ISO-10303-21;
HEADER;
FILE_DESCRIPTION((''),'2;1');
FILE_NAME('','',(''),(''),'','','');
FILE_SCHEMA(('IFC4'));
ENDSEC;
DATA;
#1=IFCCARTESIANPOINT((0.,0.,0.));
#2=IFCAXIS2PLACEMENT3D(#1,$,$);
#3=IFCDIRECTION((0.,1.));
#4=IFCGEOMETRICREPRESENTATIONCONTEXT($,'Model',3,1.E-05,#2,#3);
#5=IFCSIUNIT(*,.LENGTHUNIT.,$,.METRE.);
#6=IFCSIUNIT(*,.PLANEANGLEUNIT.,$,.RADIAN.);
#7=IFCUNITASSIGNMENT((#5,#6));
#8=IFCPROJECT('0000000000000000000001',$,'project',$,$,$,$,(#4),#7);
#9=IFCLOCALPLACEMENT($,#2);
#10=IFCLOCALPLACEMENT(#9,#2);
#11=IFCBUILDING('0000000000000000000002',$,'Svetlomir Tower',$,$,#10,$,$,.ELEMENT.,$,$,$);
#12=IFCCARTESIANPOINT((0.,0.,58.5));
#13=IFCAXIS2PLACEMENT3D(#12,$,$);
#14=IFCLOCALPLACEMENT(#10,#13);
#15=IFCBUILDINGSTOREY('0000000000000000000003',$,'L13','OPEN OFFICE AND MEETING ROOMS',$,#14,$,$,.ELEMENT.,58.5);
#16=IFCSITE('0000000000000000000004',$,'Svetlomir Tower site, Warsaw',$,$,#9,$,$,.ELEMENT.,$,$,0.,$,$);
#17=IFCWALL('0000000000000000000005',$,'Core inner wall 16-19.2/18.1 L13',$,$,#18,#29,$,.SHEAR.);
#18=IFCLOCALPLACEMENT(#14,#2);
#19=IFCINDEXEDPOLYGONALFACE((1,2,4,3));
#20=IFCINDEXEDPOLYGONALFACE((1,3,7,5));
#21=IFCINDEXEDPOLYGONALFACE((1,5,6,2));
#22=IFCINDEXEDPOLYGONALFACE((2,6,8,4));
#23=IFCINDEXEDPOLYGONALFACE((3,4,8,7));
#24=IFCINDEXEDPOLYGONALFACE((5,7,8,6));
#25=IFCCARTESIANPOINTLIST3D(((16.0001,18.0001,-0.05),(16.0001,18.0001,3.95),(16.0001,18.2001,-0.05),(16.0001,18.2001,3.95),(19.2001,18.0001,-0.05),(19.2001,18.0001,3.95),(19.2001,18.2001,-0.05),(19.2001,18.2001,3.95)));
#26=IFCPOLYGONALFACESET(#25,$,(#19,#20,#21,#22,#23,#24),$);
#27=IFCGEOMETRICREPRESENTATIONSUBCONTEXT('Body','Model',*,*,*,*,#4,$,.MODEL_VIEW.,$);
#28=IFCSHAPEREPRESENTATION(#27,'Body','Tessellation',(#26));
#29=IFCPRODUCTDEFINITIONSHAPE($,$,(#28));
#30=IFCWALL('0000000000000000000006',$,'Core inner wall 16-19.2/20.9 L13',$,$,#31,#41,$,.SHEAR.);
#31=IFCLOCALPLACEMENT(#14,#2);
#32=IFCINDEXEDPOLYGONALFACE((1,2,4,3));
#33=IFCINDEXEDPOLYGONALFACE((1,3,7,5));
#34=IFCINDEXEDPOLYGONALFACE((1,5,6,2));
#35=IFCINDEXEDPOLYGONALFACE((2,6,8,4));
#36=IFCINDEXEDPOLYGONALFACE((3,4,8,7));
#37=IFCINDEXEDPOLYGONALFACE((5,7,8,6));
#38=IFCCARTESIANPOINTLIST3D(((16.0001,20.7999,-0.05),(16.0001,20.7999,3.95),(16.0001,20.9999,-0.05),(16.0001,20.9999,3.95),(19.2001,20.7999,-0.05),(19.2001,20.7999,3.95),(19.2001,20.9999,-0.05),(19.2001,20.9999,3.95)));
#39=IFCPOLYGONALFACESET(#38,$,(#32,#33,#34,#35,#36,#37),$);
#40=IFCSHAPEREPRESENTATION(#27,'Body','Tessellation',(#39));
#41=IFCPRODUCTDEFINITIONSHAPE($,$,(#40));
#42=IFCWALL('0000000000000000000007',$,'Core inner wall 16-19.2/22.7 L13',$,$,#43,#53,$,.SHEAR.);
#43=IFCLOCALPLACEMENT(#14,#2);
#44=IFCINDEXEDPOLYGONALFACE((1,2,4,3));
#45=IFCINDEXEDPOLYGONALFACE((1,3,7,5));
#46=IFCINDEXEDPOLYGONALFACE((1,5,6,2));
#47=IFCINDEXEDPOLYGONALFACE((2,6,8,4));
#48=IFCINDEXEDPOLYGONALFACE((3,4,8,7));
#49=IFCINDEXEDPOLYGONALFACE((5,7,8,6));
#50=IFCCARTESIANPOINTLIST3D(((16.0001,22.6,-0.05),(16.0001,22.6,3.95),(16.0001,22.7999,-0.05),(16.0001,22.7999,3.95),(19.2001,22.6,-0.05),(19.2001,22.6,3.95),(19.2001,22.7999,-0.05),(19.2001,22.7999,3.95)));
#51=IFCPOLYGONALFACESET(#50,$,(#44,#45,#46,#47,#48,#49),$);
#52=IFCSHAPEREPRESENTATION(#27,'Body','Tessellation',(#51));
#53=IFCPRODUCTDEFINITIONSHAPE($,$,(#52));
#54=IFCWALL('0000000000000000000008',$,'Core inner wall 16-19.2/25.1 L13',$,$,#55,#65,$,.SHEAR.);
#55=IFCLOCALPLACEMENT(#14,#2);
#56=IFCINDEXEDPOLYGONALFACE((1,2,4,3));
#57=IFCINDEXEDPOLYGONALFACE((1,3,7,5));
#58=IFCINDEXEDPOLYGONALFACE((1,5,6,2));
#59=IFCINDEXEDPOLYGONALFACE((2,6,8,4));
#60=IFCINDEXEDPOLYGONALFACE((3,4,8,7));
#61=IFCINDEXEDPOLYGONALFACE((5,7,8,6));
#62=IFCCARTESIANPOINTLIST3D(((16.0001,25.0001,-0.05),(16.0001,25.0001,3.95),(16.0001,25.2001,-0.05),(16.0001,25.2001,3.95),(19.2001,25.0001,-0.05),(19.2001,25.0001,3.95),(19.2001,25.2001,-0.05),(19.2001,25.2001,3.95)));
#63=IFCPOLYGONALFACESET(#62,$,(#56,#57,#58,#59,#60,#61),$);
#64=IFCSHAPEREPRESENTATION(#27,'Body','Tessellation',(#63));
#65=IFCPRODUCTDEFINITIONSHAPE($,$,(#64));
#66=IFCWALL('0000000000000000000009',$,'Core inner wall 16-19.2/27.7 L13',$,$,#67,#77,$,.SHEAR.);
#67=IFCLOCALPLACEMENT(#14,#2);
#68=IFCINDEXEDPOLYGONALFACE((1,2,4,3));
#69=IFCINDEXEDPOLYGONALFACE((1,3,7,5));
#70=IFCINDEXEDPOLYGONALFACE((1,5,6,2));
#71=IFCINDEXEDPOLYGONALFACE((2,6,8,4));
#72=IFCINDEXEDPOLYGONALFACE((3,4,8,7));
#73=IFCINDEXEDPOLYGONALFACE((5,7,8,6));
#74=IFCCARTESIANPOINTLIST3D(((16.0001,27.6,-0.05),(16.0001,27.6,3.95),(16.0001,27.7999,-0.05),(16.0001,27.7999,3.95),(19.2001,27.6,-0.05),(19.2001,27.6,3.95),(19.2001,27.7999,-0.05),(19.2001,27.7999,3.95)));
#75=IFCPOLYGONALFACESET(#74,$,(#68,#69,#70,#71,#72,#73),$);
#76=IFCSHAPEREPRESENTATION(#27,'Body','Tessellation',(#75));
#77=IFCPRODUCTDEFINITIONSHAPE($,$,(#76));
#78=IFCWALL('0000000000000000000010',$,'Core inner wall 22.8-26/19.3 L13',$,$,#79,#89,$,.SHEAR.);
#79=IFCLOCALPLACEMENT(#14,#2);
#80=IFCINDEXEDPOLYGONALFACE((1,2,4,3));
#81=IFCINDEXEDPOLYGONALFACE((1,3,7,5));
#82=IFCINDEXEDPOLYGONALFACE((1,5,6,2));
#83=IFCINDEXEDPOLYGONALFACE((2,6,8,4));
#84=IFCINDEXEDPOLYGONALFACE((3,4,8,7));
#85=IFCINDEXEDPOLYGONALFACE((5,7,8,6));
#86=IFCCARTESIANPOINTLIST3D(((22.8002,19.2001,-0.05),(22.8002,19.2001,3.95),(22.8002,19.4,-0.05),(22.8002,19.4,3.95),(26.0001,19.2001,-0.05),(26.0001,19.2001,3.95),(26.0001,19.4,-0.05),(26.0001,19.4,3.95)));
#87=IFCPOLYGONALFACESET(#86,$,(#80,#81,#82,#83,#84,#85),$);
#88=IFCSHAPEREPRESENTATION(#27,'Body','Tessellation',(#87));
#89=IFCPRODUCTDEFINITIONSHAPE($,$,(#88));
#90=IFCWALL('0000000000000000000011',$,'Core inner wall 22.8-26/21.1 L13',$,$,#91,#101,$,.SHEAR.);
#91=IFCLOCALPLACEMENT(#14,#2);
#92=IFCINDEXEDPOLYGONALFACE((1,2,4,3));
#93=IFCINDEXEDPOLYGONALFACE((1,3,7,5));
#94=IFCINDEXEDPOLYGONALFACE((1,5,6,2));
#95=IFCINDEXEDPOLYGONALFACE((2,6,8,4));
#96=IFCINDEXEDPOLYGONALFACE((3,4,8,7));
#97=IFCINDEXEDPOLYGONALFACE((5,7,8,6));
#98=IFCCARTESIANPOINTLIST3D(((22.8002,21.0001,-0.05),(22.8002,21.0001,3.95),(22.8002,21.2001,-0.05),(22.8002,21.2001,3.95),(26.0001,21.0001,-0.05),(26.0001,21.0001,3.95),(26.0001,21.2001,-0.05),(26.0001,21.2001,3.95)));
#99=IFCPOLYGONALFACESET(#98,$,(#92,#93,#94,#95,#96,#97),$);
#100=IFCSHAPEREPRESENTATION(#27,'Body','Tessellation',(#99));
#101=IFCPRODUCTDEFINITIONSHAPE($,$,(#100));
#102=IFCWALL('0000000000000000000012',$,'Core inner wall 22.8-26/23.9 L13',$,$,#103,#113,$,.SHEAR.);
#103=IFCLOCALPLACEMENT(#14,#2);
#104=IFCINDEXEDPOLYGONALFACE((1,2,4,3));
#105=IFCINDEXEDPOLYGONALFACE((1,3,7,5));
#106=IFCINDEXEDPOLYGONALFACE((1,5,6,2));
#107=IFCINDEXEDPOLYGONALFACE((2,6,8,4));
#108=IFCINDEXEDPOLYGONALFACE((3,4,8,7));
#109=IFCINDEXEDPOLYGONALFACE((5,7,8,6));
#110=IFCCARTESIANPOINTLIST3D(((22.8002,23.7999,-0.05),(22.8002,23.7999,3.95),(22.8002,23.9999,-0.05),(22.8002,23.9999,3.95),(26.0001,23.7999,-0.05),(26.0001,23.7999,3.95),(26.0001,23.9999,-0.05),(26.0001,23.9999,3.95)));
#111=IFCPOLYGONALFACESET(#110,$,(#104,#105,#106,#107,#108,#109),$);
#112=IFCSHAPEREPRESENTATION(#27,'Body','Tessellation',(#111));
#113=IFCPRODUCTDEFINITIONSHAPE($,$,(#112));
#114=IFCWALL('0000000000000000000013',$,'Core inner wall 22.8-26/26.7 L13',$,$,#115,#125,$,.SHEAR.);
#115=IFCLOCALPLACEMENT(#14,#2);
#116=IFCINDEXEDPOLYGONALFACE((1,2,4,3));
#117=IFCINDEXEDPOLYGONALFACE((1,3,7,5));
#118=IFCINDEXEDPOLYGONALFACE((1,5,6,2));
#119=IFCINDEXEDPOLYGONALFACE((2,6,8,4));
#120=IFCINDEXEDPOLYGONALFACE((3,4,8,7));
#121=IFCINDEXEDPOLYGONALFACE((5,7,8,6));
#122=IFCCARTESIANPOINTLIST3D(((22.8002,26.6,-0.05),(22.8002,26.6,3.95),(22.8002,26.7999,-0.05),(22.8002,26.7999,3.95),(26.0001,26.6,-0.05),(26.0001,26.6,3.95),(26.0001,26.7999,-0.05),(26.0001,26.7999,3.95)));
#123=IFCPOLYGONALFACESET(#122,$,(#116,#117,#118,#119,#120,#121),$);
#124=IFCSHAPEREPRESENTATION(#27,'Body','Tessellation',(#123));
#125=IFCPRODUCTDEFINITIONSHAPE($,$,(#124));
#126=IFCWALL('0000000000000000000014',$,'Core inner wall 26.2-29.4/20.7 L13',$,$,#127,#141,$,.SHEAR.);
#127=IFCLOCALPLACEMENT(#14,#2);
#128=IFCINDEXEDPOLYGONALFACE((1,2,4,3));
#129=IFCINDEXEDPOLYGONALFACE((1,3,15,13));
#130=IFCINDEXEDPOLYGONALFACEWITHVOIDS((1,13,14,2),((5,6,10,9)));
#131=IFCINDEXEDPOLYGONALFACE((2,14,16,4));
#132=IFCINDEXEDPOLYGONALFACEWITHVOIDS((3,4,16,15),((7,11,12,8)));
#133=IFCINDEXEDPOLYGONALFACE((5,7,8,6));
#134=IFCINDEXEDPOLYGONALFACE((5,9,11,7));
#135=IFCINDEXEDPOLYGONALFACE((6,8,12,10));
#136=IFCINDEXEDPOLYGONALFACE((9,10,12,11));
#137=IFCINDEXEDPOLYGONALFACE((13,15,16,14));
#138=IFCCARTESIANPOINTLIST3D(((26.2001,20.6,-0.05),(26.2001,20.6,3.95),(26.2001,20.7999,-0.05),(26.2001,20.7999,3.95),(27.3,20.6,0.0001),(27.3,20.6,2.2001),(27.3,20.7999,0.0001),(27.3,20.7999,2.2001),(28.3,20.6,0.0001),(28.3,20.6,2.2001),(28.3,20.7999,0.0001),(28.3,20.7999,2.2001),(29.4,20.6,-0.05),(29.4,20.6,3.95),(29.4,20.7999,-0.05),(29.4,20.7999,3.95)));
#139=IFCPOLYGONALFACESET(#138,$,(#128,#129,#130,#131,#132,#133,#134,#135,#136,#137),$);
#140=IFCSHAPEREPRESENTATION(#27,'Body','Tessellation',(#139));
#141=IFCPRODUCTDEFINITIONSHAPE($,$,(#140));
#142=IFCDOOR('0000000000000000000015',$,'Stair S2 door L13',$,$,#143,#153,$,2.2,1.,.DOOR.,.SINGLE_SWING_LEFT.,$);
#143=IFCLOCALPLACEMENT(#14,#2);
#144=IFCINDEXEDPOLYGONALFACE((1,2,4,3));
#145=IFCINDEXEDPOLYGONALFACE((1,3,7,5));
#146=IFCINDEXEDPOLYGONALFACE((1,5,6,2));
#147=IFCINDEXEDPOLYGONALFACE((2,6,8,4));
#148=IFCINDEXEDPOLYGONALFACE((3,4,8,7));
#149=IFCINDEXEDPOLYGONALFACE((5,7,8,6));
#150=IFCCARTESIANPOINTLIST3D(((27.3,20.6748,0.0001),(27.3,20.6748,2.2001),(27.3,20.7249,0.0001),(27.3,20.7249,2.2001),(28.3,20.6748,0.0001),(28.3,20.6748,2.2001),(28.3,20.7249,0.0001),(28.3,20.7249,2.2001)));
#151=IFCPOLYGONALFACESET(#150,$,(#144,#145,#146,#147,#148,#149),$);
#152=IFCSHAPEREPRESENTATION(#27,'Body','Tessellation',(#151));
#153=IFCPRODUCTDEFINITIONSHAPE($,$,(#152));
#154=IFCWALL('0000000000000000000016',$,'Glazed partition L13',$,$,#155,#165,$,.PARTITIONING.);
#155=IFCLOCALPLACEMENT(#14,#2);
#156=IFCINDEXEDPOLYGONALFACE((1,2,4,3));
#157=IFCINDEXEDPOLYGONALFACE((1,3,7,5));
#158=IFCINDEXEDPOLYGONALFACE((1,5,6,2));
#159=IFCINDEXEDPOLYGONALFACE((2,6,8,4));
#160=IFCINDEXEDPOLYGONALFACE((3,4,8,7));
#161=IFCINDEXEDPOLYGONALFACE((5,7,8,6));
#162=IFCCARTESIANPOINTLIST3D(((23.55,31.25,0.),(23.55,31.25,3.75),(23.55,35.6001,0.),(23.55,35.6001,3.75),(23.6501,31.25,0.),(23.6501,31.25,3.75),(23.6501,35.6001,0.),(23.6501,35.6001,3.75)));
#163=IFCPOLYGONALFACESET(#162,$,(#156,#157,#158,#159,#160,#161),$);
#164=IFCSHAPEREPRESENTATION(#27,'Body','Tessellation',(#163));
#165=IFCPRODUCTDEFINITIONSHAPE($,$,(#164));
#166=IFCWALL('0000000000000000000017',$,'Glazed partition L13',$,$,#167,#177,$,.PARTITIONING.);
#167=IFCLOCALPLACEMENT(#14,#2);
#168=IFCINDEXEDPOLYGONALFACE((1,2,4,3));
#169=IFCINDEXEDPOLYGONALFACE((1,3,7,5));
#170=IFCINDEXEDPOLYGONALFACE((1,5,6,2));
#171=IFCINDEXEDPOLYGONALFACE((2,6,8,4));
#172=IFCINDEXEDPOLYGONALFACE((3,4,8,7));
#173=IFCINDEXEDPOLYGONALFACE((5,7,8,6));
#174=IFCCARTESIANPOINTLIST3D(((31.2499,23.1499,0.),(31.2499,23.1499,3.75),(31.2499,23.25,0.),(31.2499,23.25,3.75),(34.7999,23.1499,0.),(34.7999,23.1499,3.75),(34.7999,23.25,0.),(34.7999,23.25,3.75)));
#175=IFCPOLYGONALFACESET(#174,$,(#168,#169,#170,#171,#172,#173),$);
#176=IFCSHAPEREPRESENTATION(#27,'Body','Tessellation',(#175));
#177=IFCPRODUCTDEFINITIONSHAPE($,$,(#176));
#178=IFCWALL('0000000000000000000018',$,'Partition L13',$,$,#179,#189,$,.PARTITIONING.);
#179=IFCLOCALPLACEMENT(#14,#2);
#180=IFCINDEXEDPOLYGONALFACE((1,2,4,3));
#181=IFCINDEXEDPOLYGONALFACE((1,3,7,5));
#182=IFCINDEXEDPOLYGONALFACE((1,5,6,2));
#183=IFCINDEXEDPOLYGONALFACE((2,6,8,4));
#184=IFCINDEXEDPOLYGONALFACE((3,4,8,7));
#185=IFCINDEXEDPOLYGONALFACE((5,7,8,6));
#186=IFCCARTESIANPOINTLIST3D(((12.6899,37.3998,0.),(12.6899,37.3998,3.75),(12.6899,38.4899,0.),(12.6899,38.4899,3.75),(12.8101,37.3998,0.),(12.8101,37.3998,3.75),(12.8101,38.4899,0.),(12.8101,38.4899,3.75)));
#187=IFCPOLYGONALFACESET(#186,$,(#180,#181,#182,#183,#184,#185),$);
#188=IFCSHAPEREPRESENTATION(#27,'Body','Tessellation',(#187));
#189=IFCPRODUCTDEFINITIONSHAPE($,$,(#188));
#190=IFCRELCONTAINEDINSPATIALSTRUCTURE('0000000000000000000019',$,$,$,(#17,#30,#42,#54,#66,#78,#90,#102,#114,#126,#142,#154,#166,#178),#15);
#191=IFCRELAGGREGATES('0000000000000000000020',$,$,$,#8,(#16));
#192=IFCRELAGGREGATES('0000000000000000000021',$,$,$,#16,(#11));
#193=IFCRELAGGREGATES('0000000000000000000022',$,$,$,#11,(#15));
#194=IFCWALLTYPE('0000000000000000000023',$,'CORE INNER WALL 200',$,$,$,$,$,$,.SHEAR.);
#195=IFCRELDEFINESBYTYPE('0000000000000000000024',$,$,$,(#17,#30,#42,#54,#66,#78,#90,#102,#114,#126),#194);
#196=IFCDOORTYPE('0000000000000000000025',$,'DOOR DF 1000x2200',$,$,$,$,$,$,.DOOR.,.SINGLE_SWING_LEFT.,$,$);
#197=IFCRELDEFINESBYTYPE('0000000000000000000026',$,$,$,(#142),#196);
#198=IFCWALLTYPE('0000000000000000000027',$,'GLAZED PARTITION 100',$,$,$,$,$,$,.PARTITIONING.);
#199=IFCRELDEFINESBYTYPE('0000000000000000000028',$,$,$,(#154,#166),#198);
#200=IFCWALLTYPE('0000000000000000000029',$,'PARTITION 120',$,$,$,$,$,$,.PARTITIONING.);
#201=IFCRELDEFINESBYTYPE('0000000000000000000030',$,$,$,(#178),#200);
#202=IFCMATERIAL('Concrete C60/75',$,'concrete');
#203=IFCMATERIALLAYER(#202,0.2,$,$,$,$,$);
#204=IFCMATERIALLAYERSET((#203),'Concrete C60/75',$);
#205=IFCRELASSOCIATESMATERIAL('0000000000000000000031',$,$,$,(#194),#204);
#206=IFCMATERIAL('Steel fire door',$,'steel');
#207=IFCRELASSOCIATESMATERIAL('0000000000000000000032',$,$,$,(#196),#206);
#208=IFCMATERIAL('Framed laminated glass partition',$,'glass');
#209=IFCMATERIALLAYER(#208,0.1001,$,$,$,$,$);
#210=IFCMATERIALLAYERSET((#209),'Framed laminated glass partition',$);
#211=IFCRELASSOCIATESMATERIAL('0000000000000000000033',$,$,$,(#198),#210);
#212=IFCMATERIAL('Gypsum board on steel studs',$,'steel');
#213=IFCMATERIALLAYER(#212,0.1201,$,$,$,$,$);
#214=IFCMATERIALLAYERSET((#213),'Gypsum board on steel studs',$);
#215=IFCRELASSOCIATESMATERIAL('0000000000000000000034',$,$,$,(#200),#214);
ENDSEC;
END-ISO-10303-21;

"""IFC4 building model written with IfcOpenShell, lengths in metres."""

from ifc_helpers import new_model, si_unit, direction, frame, frame_2d, origin, place, context, subcontext, project, spatial, rectangle, extrude, material, layer, layer_set, type_object, element, fill, save


model = new_model("IFC4")

# Units and contexts
model_context = context("Model", 3, precision=1e-05, world=origin(), true_north=direction((0.0, 1.0)))
body_context = subcontext(model_context, "Body", "Model", "MODEL_VIEW")
ifc_project = project(units=[si_unit("LENGTHUNIT", "METRE"), si_unit("PLANEANGLEUNIT", "RADIAN")], contexts=[model_context])

# Site, building, storey
site_placement = place(None, origin())
site = spatial("IfcSite", under=ifc_project, at=site_placement, Name="Svetlomir Tower site, Warsaw", CompositionType="ELEMENT", RefElevation=0.0)
building_placement = place(site_placement, origin())
building = spatial("IfcBuilding", under=site, at=building_placement, Name="Svetlomir Tower", CompositionType="ELEMENT")
storey_placement = place(building_placement, frame((0.0, 0.0, 58.5)))
storey = spatial("IfcBuildingStorey", under=building, at=storey_placement, Name="L13", Description="OPEN OFFICE AND MEETING ROOMS", CompositionType="ELEMENT", Elevation=58.5)

# Walls
ifc_material_1 = material(Name="Concrete C60/75", Category="concrete")
ifc_layer_1 = layer(ifc_material_1, 0.2)
ifc_layer_set_1 = layer_set([ifc_layer_1], Name="Concrete C60/75")
wall_type_1 = type_object("IfcWallType", Name="CORE INNER WALL 200", PredefinedType="SHEAR", material=ifc_layer_set_1)
for number, where, z_axis, x_axis, name in (
    (1, (16.0, 18.1001, -0.05), (0.0, 0.0, 1.0), (1.0, 0.0, 0.0), "Core inner wall 16-19.2/18.1 L13"),
    (2, (16.0, 20.8999, -0.05), (0.0, 0.0, 1.0), (1.0, 0.0, 0.0), "Core inner wall 16-19.2/20.9 L13"),
    (3, (16.0, 22.7, -0.05), (0.0, 0.0, 1.0), (1.0, 0.0, 0.0), "Core inner wall 16-19.2/22.7 L13"),
    (4, (16.0, 25.1001, -0.05), (0.0, 0.0, 1.0), (1.0, 0.0, 0.0), "Core inner wall 16-19.2/25.1 L13"),
    (5, (16.0, 27.7, -0.05), (0.0, 0.0, 1.0), (1.0, 0.0, 0.0), "Core inner wall 16-19.2/27.7 L13"),
    (6, (22.8, 19.3, -0.05), (0.0, 0.0, 1.0), (1.0, 0.0, 0.0), "Core inner wall 22.8-26/19.3 L13"),
    (7, (22.8, 21.1001, -0.05), (0.0, 0.0, 1.0), (1.0, 0.0, 0.0), "Core inner wall 22.8-26/21.1 L13"),
    (8, (22.8, 23.8999, -0.05), (0.0, 0.0, 1.0), (1.0, 0.0, 0.0), "Core inner wall 22.8-26/23.9 L13"),
    (9, (22.8, 26.7, -0.05), (0.0, 0.0, 1.0), (1.0, 0.0, 0.0), "Core inner wall 22.8-26/26.7 L13"),
):
    element("IfcWall", number, at=place(storey_placement, frame(where, z_axis=z_axis, x_axis=x_axis)), inside=storey, type_object=wall_type_1, Name=name, PredefinedType="SHEAR", context=body_context, shape_type="SweptSolid", body=[
        extrude(rectangle(XDim=3.2, YDim=0.2, at=frame_2d((1.6001, 0.0))), origin(), (0.0, 0.0, 1.0), 4.0),
    ])

# Wall, opening, door
wall_1_placement = place(storey_placement, frame((26.2, 20.7, -0.05), z_axis=(0.0, 0.0, 1.0), x_axis=(1.0, 0.0, 0.0)))
wall_1 = element("IfcWall", 10, at=wall_1_placement, inside=storey, type_object=wall_type_1, Name="Core inner wall 26.2-29.4/20.7 L13", PredefinedType="SHEAR", context=body_context, shape_type="SweptSolid", body=[
    extrude(rectangle(XDim=3.2, YDim=0.2, at=frame_2d((1.6001, 0.0))), origin(), (0.0, 0.0, 1.0), 4.0),
])
opening_1_placement = place(wall_1_placement, frame((1.1001, 0.0, 0.05)))
opening_1 = element("IfcOpeningElement", 11, at=opening_1_placement, cuts=wall_1, PredefinedType="OPENING", context=body_context, shape_type="SweptSolid", body=[
    extrude(rectangle(XDim=1.0, YDim=2.2, at=frame_2d((0.5, 1.1001))), frame((0.0, 0.1099, 0.0), z_axis=(0.0, -1.0, 0.0), x_axis=(1.0, 0.0, 0.0)), (0.0, 0.0, 1.0), 0.22),
])
ifc_material_2 = material(Name="Steel fire door", Category="steel")
door_type_1 = type_object("IfcDoorType", Name="DOOR DF 1000x2200", OperationType="SINGLE_SWING_LEFT", PredefinedType="DOOR", material=ifc_material_2)
door_1_placement = place(opening_1_placement, origin())
door_1 = element("IfcDoor", 12, at=door_1_placement, inside=storey, type_object=door_type_1, Name="Stair S2 door L13", OperationType="SINGLE_SWING_LEFT", OverallHeight=2.2, OverallWidth=1.0, PredefinedType="DOOR", context=body_context, shape_type="SweptSolid", body=[
    extrude(rectangle(XDim=1.0, YDim=2.2, at=frame_2d((0.5, 1.1001))), frame((0.0, 0.0249, 0.0), z_axis=(0.0, -1.0, 0.0), x_axis=(1.0, 0.0, 0.0)), (0.0, 0.0, 1.0), 0.05),
])
fill(opening_1, door_1)

# Walls
ifc_material_3 = material(Name="Framed laminated glass partition", Category="glass")
ifc_layer_2 = layer(ifc_material_3, 0.1001)
ifc_layer_set_2 = layer_set([ifc_layer_2], Name="Framed laminated glass partition")
wall_type_2 = type_object("IfcWallType", Name="GLAZED PARTITION 100", PredefinedType="PARTITIONING", material=ifc_layer_set_2)
wall_2_placement = place(storey_placement, frame((23.6001, 31.25, 0.0), z_axis=(0.0, 0.0, 1.0), x_axis=(0.0, 1.0, 0.0)))
element("IfcWall", 13, at=wall_2_placement, inside=storey, type_object=wall_type_2, Name="Glazed partition L13", PredefinedType="PARTITIONING", context=body_context, shape_type="SweptSolid", body=[
    extrude(rectangle(XDim=4.3501, YDim=0.1001, at=frame_2d((2.175, 0.0))), origin(), (0.0, 0.0, 1.0), 3.75),
])
wall_3_placement = place(storey_placement, frame((31.25, 23.2, 0.0), z_axis=(0.0, 0.0, 1.0), x_axis=(1.0, 0.0, 0.0)))
element("IfcWall", 14, at=wall_3_placement, inside=storey, type_object=wall_type_2, Name="Glazed partition L13", PredefinedType="PARTITIONING", context=body_context, shape_type="SweptSolid", body=[
    extrude(rectangle(XDim=3.55, YDim=0.1001, at=frame_2d((1.7749, 0.0))), origin(), (0.0, 0.0, 1.0), 3.75),
])
ifc_material_4 = material(Name="Gypsum board on steel studs", Category="steel")
ifc_layer_3 = layer(ifc_material_4, 0.1201)
ifc_layer_set_3 = layer_set([ifc_layer_3], Name="Gypsum board on steel studs")
wall_type_3 = type_object("IfcWallType", Name="PARTITION 120", PredefinedType="PARTITIONING", material=ifc_layer_set_3)
wall_4_placement = place(storey_placement, frame((12.75, 37.3999, 0.0), z_axis=(0.0, 0.0, 1.0), x_axis=(0.0, 1.0, 0.0)))
element("IfcWall", 15, at=wall_4_placement, inside=storey, type_object=wall_type_3, Name="Partition L13", PredefinedType="PARTITIONING", context=body_context, shape_type="SweptSolid", body=[
    extrude(rectangle(XDim=1.0901, YDim=0.1201, at=frame_2d((0.5449, 0.0))), origin(), (0.0, 0.0, 1.0), 3.75),
])

save(model, "model.ifc")
